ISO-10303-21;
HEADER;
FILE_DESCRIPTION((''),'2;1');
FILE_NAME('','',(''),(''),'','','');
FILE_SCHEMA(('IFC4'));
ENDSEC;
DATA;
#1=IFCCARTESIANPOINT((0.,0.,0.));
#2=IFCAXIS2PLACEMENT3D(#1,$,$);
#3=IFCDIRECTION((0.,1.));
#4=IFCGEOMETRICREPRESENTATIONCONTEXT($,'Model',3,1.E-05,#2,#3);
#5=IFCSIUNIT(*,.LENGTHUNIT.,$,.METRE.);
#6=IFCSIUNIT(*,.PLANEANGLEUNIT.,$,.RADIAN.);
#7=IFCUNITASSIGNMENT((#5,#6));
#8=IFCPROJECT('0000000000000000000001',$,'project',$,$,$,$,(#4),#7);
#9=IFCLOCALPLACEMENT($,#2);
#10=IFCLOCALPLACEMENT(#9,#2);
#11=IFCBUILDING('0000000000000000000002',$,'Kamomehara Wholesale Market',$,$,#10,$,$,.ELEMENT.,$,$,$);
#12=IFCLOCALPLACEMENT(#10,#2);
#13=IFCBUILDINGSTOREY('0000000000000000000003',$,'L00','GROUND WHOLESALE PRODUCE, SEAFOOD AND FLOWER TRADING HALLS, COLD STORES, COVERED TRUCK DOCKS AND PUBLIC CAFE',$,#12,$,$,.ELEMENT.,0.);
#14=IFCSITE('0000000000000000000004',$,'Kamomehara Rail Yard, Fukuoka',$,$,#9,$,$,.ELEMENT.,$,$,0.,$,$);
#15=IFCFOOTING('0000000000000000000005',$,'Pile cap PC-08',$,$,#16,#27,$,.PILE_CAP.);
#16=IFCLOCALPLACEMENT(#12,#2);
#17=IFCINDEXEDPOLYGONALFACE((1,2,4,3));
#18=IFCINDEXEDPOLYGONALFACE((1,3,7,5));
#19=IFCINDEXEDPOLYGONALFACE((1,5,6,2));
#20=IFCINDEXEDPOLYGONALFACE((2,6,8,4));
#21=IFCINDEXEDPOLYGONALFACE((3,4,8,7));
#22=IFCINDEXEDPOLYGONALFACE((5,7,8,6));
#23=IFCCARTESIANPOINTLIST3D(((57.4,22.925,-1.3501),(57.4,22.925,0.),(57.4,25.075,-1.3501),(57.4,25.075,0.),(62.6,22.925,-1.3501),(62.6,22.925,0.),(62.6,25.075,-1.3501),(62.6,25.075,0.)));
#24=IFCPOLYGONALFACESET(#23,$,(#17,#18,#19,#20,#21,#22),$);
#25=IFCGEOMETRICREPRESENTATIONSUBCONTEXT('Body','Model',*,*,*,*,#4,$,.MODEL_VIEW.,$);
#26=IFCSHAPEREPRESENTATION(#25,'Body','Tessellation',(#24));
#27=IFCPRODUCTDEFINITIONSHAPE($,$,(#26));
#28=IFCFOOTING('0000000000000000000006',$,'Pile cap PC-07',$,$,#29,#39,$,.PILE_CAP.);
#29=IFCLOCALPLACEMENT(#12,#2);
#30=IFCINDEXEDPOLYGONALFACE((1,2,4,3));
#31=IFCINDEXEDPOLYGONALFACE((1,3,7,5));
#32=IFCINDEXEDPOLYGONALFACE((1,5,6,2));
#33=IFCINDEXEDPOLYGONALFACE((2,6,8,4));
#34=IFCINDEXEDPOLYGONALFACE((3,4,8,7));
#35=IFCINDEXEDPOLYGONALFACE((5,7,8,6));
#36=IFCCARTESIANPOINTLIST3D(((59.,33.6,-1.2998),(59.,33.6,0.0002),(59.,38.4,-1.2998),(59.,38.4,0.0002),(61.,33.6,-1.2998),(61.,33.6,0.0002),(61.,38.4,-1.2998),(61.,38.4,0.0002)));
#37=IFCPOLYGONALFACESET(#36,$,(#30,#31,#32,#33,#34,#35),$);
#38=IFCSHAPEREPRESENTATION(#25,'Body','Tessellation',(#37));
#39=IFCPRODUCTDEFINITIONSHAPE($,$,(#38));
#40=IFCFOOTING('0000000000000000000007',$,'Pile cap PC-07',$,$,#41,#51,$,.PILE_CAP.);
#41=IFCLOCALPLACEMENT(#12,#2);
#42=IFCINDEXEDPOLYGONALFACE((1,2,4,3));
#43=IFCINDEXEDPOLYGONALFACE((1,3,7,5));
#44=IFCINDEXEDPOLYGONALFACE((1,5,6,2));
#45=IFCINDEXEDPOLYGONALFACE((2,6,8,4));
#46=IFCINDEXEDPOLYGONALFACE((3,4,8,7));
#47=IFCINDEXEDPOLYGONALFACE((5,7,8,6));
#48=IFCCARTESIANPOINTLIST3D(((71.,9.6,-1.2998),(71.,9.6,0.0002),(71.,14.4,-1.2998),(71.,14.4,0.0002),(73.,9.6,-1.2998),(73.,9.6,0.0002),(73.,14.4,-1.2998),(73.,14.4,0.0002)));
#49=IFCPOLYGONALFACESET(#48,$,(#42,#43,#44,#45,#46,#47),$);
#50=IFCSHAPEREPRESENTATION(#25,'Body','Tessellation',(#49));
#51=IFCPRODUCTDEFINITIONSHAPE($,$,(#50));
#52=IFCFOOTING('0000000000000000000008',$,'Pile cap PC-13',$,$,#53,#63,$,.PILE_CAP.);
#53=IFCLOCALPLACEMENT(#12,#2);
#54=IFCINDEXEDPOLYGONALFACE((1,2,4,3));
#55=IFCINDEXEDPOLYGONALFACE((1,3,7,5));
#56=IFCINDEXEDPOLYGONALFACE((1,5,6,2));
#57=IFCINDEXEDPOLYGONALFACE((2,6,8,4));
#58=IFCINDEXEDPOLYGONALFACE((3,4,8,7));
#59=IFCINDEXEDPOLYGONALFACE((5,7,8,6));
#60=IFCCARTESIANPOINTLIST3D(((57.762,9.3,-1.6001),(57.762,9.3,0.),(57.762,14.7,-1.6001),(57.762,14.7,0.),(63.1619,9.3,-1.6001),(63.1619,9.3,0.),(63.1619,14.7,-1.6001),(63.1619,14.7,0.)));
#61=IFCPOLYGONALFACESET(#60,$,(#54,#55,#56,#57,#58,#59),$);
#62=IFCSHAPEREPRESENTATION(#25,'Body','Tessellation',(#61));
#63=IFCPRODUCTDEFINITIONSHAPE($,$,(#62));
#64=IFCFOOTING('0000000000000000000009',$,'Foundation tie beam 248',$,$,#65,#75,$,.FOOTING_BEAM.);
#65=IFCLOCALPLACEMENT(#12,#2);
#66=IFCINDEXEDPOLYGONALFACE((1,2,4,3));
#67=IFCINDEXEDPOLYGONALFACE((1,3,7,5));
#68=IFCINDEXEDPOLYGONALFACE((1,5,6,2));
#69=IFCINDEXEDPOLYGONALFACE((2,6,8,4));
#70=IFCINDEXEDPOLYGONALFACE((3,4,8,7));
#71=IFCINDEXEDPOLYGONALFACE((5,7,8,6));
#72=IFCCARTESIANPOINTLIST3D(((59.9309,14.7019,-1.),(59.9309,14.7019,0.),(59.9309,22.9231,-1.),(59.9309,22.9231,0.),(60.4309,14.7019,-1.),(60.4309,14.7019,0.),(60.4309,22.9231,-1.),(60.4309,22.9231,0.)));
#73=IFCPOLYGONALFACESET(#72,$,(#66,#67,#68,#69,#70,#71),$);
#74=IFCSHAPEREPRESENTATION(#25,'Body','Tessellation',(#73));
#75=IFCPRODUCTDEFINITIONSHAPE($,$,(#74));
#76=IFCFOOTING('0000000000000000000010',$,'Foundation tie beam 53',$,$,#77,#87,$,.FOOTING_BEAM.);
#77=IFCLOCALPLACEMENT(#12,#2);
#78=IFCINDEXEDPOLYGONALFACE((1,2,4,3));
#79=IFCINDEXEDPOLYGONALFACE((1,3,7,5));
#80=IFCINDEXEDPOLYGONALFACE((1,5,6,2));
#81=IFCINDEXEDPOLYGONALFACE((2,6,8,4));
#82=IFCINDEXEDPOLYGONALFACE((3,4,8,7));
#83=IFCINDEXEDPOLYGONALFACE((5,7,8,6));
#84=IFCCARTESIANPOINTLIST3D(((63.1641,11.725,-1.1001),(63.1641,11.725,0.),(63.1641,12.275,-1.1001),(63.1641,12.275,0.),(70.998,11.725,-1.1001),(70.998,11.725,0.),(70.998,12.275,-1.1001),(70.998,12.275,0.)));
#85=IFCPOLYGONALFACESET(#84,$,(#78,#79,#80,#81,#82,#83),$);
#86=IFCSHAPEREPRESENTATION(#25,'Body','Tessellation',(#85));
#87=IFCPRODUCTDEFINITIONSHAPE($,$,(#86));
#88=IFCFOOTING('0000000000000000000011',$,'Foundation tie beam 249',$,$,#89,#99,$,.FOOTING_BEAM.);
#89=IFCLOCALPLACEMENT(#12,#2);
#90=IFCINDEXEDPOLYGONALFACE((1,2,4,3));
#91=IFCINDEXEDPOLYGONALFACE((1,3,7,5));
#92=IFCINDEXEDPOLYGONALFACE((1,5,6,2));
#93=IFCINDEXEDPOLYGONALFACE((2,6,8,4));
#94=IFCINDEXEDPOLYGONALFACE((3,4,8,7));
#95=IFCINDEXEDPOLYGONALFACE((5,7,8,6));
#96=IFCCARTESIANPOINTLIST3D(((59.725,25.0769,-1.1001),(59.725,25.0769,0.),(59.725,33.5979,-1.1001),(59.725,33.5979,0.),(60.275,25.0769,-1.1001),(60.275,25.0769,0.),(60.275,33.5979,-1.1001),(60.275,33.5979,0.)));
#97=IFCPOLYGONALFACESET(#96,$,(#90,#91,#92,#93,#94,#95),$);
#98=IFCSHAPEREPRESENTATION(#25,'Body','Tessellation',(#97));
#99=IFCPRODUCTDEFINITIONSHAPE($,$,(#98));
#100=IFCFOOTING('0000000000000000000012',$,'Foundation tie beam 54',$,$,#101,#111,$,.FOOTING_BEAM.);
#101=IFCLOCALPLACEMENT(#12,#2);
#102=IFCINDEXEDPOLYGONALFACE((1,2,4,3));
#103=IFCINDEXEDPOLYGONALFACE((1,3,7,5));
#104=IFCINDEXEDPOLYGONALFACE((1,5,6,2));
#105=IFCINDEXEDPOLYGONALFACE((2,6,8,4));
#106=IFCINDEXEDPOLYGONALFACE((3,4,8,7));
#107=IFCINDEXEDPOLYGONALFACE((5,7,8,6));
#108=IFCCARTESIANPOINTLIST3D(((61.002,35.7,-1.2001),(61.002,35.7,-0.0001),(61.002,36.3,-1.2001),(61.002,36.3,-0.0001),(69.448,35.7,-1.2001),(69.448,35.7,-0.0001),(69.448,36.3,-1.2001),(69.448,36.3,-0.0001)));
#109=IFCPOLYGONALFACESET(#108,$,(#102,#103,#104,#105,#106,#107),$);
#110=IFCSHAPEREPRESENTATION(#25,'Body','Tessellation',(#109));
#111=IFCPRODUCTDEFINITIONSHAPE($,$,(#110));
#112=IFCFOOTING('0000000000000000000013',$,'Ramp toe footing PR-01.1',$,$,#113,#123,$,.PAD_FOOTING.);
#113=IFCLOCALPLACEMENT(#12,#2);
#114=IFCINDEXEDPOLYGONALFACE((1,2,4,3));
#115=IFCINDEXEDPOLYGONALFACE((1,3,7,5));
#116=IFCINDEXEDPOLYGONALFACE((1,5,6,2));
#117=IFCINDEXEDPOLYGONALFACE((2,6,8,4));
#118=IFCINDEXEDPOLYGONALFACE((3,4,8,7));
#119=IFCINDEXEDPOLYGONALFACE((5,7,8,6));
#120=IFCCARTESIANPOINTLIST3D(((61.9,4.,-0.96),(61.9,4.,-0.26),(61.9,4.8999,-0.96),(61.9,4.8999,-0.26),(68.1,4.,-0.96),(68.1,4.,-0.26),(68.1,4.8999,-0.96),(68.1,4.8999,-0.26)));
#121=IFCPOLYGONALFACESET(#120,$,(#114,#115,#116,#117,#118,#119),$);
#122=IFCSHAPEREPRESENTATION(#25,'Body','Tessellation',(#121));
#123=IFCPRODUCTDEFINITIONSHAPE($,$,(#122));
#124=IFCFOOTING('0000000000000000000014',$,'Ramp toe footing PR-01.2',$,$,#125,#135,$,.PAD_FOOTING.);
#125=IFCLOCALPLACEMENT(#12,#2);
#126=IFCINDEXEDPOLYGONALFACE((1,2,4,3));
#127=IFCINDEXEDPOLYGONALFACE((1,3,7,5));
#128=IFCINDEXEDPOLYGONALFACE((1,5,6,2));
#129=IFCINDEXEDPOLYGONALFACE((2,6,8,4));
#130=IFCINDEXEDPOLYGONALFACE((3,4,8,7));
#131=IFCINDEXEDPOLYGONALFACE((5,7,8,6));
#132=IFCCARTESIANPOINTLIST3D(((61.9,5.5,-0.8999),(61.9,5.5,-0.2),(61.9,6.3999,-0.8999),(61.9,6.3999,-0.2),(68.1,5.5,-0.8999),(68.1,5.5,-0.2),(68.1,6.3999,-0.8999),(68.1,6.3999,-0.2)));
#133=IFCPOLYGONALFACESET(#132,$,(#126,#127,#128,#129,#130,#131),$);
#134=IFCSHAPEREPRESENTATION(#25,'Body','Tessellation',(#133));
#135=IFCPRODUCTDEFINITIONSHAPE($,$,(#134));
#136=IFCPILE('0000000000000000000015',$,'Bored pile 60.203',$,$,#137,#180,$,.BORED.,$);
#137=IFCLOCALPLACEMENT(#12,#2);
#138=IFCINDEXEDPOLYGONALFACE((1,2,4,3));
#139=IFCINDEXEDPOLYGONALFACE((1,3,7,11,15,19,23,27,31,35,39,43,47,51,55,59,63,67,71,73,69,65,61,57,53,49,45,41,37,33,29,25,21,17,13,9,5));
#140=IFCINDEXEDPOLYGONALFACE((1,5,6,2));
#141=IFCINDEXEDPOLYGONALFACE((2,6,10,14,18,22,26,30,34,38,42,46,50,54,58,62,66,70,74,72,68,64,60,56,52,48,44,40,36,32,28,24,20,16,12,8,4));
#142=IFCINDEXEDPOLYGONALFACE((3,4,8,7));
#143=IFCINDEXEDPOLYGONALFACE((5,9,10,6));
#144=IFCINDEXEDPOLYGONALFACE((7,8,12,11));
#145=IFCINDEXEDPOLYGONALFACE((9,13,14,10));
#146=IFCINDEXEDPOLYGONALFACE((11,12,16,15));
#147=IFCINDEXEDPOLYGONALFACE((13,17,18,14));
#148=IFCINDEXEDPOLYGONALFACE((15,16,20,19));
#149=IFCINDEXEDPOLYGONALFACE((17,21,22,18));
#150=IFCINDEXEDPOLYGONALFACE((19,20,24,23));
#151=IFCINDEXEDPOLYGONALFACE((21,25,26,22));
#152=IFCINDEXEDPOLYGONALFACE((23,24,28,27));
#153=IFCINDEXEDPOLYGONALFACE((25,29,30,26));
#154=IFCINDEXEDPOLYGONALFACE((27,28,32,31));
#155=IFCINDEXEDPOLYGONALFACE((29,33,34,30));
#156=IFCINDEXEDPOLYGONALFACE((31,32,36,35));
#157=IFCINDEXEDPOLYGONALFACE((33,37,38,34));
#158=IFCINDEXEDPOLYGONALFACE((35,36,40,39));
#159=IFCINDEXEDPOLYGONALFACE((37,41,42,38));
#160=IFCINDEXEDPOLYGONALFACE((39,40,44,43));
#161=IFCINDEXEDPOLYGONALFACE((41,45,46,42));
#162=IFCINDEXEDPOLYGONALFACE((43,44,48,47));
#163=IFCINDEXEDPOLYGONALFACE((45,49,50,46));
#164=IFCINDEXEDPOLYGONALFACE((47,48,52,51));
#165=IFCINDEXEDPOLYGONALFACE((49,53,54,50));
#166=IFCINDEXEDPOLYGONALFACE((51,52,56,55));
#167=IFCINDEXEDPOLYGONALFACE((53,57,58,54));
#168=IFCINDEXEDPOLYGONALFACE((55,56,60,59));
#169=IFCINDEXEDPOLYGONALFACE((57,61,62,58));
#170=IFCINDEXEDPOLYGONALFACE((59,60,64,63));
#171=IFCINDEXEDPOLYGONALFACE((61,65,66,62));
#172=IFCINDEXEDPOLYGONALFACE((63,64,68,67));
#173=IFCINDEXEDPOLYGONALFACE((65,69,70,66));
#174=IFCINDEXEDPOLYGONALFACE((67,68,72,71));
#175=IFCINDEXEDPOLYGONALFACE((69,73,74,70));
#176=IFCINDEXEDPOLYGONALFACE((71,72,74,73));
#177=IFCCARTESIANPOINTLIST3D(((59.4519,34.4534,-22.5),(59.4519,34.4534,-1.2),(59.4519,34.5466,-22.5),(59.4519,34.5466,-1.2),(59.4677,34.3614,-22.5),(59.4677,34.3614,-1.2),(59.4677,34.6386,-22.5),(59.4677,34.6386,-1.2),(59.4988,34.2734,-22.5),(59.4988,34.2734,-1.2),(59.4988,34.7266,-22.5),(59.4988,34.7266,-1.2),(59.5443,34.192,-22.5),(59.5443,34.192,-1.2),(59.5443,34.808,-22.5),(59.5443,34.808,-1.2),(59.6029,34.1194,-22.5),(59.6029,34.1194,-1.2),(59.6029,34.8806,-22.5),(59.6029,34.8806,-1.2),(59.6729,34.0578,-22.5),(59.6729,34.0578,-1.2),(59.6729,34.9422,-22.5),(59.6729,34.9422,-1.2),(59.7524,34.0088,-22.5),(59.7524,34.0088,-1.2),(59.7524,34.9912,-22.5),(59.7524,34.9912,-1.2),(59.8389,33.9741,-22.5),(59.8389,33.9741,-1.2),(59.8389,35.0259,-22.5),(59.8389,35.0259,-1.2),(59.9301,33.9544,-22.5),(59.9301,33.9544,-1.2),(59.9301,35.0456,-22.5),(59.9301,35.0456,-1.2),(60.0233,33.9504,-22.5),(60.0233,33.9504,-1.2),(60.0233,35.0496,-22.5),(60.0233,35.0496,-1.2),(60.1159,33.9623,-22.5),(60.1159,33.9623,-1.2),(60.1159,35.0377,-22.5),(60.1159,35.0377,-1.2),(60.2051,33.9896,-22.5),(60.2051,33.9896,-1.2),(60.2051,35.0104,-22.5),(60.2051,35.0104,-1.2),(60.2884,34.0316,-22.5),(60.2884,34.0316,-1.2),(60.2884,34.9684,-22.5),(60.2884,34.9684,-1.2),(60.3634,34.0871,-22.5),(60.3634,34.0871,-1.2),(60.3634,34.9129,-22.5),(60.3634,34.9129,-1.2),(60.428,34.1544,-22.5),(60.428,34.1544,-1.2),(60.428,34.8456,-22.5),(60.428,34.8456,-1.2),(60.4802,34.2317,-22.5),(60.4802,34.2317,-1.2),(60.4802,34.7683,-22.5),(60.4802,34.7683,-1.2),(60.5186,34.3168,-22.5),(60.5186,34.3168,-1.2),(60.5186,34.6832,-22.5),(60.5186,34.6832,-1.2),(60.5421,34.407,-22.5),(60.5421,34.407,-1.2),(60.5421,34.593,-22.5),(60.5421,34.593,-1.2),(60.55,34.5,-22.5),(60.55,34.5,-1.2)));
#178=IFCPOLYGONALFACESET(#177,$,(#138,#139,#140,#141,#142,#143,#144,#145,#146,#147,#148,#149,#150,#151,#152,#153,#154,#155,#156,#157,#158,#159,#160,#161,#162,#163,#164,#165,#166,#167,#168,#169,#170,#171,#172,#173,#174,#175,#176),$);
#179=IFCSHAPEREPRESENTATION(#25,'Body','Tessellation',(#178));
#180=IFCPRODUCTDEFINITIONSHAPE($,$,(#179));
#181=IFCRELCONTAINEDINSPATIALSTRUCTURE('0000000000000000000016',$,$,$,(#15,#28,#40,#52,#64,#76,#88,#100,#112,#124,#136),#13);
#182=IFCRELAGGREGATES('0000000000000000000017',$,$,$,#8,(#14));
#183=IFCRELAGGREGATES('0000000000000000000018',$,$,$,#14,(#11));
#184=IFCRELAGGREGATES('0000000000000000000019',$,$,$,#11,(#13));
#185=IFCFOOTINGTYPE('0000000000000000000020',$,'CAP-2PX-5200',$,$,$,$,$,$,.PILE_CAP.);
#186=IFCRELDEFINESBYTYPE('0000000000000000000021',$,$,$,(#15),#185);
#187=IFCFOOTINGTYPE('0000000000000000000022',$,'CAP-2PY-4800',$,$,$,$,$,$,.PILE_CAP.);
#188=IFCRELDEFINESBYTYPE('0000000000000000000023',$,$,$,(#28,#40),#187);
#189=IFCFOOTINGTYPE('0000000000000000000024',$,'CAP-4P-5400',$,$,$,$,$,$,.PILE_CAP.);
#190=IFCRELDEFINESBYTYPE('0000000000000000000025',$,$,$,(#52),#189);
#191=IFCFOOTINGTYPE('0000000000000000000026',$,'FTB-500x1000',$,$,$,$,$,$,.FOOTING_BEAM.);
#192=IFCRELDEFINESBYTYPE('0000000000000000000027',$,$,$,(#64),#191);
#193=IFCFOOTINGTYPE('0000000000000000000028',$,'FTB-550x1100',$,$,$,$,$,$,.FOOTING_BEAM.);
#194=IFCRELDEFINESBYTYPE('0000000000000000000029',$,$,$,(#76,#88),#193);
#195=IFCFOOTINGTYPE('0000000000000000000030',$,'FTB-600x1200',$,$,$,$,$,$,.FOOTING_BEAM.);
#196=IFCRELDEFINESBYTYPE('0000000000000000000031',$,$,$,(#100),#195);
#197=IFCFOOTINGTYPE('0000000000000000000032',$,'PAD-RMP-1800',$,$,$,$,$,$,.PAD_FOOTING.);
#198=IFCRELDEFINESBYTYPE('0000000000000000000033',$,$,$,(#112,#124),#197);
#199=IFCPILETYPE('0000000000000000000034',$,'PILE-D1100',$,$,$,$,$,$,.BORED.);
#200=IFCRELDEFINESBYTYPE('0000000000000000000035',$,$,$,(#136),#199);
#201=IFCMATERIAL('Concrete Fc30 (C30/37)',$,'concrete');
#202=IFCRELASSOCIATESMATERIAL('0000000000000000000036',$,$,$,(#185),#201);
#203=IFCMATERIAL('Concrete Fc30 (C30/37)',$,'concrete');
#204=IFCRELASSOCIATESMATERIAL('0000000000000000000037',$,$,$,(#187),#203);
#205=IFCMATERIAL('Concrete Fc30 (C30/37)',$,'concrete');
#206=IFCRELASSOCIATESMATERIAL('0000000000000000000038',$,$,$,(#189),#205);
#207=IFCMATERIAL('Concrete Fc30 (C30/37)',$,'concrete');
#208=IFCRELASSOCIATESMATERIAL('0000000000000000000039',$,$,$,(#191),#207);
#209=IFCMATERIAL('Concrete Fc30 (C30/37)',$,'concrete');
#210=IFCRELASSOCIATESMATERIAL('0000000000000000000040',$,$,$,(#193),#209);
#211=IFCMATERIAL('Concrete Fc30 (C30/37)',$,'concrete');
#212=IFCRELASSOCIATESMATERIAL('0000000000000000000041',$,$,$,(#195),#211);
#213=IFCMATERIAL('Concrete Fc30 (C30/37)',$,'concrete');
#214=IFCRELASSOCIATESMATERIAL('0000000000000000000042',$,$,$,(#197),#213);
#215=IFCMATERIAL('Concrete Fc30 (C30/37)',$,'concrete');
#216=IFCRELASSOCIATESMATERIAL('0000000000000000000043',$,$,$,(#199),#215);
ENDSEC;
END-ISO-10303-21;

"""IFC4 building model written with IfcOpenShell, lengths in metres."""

from ifc_helpers import new_model, si_unit, direction, frame, origin, origin_2d, place, context, subcontext, project, spatial, rectangle, circle, extrude, material, material_profile, profile_set, type_object, element, save


model = new_model("IFC4")

# Units and contexts
model_context = context("Model", 3, precision=1e-05, world=origin(), true_north=direction((0.0, 1.0)))
body_context = subcontext(model_context, "Body", "Model", "MODEL_VIEW")
ifc_project = project(units=[si_unit("LENGTHUNIT", "METRE"), si_unit("PLANEANGLEUNIT", "RADIAN")], contexts=[model_context])

# Site, building, storey
site_placement = place(None, origin())
site = spatial("IfcSite", under=ifc_project, at=site_placement, Name="Kamomehara Rail Yard, Fukuoka", CompositionType="ELEMENT", RefElevation=0.0)
building_placement = place(site_placement, origin())
building = spatial("IfcBuilding", under=site, at=building_placement, Name="Kamomehara Wholesale Market", CompositionType="ELEMENT")
storey_placement = place(building_placement, origin())
storey = spatial("IfcBuildingStorey", under=building, at=storey_placement, Name="L00", Description="GROUND WHOLESALE PRODUCE, SEAFOOD AND FLOWER TRADING HALLS, COLD STORES, COVERED TRUCK DOCKS AND PUBLIC CAFE", CompositionType="ELEMENT", Elevation=0.0)

# Footings
ifc_material_1 = material(Name="Concrete Fc30 (C30/37)", Category="concrete")
footing_type_1 = type_object("IfcFootingType", Name="CAP-2PX-5200", PredefinedType="PILE_CAP", material=ifc_material_1)
footing_1_placement = place(storey_placement, frame((60.0, 24.0, -1.3501), z_axis=(0.0, 0.0, 1.0), x_axis=(1.0, 0.0, 0.0)))
element("IfcFooting", 1, at=footing_1_placement, inside=storey, type_object=footing_type_1, Name="Pile cap PC-08", PredefinedType="PILE_CAP", context=body_context, shape_type="SweptSolid", body=[
    extrude(rectangle(XDim=5.2, YDim=2.1499, at=origin_2d()), origin(), (0.0, 0.0, 1.0), 1.3501),
])
ifc_material_2 = material(Name="Concrete Fc30 (C30/37)", Category="concrete")
footing_type_2 = type_object("IfcFootingType", Name="CAP-2PY-4800", PredefinedType="PILE_CAP", material=ifc_material_2)
for number, where, z_axis, x_axis, name in (
    (2, (60.0, 36.0, -1.2998), (0.0, 0.0, 1.0), (1.0, 0.0, 0.0), "Pile cap PC-07"),
    (3, (72.0, 12.0, -1.2998), (0.0, 0.0, 1.0), (1.0, 0.0, 0.0), "Pile cap PC-07"),
):
    element("IfcFooting", number, at=place(storey_placement, frame(where, z_axis=z_axis, x_axis=x_axis)), inside=storey, type_object=footing_type_2, Name=name, PredefinedType="PILE_CAP", context=body_context, shape_type="SweptSolid", body=[
        extrude(rectangle(XDim=2.0, YDim=4.8, at=origin_2d()), origin(), (0.0, 0.0, 1.0), 1.3),
    ])
ifc_material_3 = material(Name="Concrete Fc30 (C30/37)", Category="concrete")
footing_type_3 = type_object("IfcFootingType", Name="CAP-4P-5400", PredefinedType="PILE_CAP", material=ifc_material_3)
footing_2_placement = place(storey_placement, frame((60.4619, 12.0, -1.6001), z_axis=(0.0, 0.0, 1.0), x_axis=(1.0, 0.0, 0.0)))
element("IfcFooting", 4, at=footing_2_placement, inside=storey, type_object=footing_type_3, Name="Pile cap PC-13", PredefinedType="PILE_CAP", context=body_context, shape_type="SweptSolid", body=[
    extrude(rectangle(XDim=5.3999, YDim=5.3999, at=origin_2d()), origin(), (0.0, 0.0, 1.0), 1.6001),
])
ifc_material_4 = material(Name="Concrete Fc30 (C30/37)", Category="concrete")
ifc_material_profile_1 = material_profile(ifc_material_4, rectangle(XDim=0.5, YDim=1.0, at=origin_2d()), Name="RC-FTB-500x1000")
ifc_profile_set_1 = profile_set([ifc_material_profile_1], Name="Concrete Fc30 (C30/37)")
footing_type_4 = type_object("IfcFootingType", Name="FTB-500x1000", PredefinedType="FOOTING_BEAM", material=ifc_profile_set_1)
footing_3_placement = place(storey_placement, frame((60.1809, 14.7019, -0.5), z_axis=(0.0, 1.0, 0.0), x_axis=(-1.0, 0.0, 0.0)))
element("IfcFooting", 5, at=footing_3_placement, inside=storey, type_object=footing_type_4, Name="Foundation tie beam 248", PredefinedType="FOOTING_BEAM", context=body_context, shape_type="SweptSolid", body=[
    extrude(rectangle(XDim=0.5, YDim=1.0, at=origin_2d()), origin(), (0.0, 0.0, 1.0), 8.2212),
])
ifc_material_5 = material(Name="Concrete Fc30 (C30/37)", Category="concrete")
ifc_material_profile_2 = material_profile(ifc_material_5, rectangle(XDim=0.55, YDim=1.1001, at=origin_2d()), Name="RC-FTB-550x1100")
ifc_profile_set_2 = profile_set([ifc_material_profile_2], Name="Concrete Fc30 (C30/37)")
footing_type_5 = type_object("IfcFootingType", Name="FTB-550x1100", PredefinedType="FOOTING_BEAM", material=ifc_profile_set_2)
footing_4_placement = place(storey_placement, frame((63.1641, 12.0, -0.55), z_axis=(1.0, 0.0, 0.0), x_axis=(0.0, 1.0, 0.0)))
element("IfcFooting", 6, at=footing_4_placement, inside=storey, type_object=footing_type_5, Name="Foundation tie beam 53", PredefinedType="FOOTING_BEAM", context=body_context, shape_type="SweptSolid", body=[
    extrude(rectangle(XDim=0.55, YDim=1.1001, at=origin_2d()), origin(), (0.0, 0.0, 1.0), 7.834),
])
footing_5_placement = place(storey_placement, frame((60.0, 25.0769, -0.55), z_axis=(0.0, 1.0, 0.0), x_axis=(-1.0, 0.0, 0.0)))
element("IfcFooting", 7, at=footing_5_placement, inside=storey, type_object=footing_type_5, Name="Foundation tie beam 249", PredefinedType="FOOTING_BEAM", context=body_context, shape_type="SweptSolid", body=[
    extrude(rectangle(XDim=0.55, YDim=1.1001, at=origin_2d()), origin(), (0.0, 0.0, 1.0), 8.521),
])
ifc_material_6 = material(Name="Concrete Fc30 (C30/37)", Category="concrete")
ifc_material_profile_3 = material_profile(ifc_material_6, rectangle(XDim=0.6001, YDim=1.2, at=origin_2d()), Name="RC-FTB-600x1200")
ifc_profile_set_3 = profile_set([ifc_material_profile_3], Name="Concrete Fc30 (C30/37)")
footing_type_6 = type_object("IfcFootingType", Name="FTB-600x1200", PredefinedType="FOOTING_BEAM", material=ifc_profile_set_3)
footing_6_placement = place(storey_placement, frame((61.002, 36.0, -0.6001), z_axis=(1.0, 0.0, 0.0), x_axis=(0.0, 1.0, 0.0)))
element("IfcFooting", 8, at=footing_6_placement, inside=storey, type_object=footing_type_6, Name="Foundation tie beam 54", PredefinedType="FOOTING_BEAM", context=body_context, shape_type="SweptSolid", body=[
    extrude(rectangle(XDim=0.6001, YDim=1.2, at=origin_2d()), origin(), (0.0, 0.0, 1.0), 8.446),
])
ifc_material_7 = material(Name="Concrete Fc30 (C30/37)", Category="concrete")
footing_type_7 = type_object("IfcFootingType", Name="PAD-RMP-1800", PredefinedType="PAD_FOOTING", material=ifc_material_7)
for number, where, z_axis, x_axis, name in (
    (9, (65.0, 4.45, -0.96), (0.0, 0.0, 1.0), (1.0, 0.0, 0.0), "Ramp toe footing PR-01.1"),
    (10, (65.0, 5.95, -0.8999), (0.0, 0.0, 1.0), (1.0, 0.0, 0.0), "Ramp toe footing PR-01.2"),
):
    element("IfcFooting", number, at=place(storey_placement, frame(where, z_axis=z_axis, x_axis=x_axis)), inside=storey, type_object=footing_type_7, Name=name, PredefinedType="PAD_FOOTING", context=body_context, shape_type="SweptSolid", body=[
        extrude(rectangle(XDim=6.2, YDim=0.8999, at=origin_2d()), origin(), (0.0, 0.0, 1.0), 0.7),
    ])

# Pile
ifc_material_8 = material(Name="Concrete Fc30 (C30/37)", Category="concrete")
ifc_material_profile_4 = material_profile(ifc_material_8, circle(Radius=0.55, at=origin_2d()), Name="RC-PILE-D1100")
ifc_profile_set_4 = profile_set([ifc_material_profile_4], Name="Concrete Fc30 (C30/37)")
pile_type_1 = type_object("IfcPileType", Name="PILE-D1100", PredefinedType="BORED", material=ifc_profile_set_4)
for number, where, z_axis, x_axis, name in (
    (11, (60.0, 34.5, -1.2), (0.0, 0.0, -1.0), (1.0, 0.0, 0.0), "Bored pile 60.203"),
):
    element("IfcPile", number, at=place(storey_placement, frame(where, z_axis=z_axis, x_axis=x_axis)), inside=storey, type_object=pile_type_1, Name=name, PredefinedType="BORED", context=body_context, shape_type="SweptSolid", body=[
        extrude(circle(Radius=0.55, at=origin_2d()), origin(), (0.0, 0.0, 1.0), 21.3),
    ])

save(model, "model.ifc")
